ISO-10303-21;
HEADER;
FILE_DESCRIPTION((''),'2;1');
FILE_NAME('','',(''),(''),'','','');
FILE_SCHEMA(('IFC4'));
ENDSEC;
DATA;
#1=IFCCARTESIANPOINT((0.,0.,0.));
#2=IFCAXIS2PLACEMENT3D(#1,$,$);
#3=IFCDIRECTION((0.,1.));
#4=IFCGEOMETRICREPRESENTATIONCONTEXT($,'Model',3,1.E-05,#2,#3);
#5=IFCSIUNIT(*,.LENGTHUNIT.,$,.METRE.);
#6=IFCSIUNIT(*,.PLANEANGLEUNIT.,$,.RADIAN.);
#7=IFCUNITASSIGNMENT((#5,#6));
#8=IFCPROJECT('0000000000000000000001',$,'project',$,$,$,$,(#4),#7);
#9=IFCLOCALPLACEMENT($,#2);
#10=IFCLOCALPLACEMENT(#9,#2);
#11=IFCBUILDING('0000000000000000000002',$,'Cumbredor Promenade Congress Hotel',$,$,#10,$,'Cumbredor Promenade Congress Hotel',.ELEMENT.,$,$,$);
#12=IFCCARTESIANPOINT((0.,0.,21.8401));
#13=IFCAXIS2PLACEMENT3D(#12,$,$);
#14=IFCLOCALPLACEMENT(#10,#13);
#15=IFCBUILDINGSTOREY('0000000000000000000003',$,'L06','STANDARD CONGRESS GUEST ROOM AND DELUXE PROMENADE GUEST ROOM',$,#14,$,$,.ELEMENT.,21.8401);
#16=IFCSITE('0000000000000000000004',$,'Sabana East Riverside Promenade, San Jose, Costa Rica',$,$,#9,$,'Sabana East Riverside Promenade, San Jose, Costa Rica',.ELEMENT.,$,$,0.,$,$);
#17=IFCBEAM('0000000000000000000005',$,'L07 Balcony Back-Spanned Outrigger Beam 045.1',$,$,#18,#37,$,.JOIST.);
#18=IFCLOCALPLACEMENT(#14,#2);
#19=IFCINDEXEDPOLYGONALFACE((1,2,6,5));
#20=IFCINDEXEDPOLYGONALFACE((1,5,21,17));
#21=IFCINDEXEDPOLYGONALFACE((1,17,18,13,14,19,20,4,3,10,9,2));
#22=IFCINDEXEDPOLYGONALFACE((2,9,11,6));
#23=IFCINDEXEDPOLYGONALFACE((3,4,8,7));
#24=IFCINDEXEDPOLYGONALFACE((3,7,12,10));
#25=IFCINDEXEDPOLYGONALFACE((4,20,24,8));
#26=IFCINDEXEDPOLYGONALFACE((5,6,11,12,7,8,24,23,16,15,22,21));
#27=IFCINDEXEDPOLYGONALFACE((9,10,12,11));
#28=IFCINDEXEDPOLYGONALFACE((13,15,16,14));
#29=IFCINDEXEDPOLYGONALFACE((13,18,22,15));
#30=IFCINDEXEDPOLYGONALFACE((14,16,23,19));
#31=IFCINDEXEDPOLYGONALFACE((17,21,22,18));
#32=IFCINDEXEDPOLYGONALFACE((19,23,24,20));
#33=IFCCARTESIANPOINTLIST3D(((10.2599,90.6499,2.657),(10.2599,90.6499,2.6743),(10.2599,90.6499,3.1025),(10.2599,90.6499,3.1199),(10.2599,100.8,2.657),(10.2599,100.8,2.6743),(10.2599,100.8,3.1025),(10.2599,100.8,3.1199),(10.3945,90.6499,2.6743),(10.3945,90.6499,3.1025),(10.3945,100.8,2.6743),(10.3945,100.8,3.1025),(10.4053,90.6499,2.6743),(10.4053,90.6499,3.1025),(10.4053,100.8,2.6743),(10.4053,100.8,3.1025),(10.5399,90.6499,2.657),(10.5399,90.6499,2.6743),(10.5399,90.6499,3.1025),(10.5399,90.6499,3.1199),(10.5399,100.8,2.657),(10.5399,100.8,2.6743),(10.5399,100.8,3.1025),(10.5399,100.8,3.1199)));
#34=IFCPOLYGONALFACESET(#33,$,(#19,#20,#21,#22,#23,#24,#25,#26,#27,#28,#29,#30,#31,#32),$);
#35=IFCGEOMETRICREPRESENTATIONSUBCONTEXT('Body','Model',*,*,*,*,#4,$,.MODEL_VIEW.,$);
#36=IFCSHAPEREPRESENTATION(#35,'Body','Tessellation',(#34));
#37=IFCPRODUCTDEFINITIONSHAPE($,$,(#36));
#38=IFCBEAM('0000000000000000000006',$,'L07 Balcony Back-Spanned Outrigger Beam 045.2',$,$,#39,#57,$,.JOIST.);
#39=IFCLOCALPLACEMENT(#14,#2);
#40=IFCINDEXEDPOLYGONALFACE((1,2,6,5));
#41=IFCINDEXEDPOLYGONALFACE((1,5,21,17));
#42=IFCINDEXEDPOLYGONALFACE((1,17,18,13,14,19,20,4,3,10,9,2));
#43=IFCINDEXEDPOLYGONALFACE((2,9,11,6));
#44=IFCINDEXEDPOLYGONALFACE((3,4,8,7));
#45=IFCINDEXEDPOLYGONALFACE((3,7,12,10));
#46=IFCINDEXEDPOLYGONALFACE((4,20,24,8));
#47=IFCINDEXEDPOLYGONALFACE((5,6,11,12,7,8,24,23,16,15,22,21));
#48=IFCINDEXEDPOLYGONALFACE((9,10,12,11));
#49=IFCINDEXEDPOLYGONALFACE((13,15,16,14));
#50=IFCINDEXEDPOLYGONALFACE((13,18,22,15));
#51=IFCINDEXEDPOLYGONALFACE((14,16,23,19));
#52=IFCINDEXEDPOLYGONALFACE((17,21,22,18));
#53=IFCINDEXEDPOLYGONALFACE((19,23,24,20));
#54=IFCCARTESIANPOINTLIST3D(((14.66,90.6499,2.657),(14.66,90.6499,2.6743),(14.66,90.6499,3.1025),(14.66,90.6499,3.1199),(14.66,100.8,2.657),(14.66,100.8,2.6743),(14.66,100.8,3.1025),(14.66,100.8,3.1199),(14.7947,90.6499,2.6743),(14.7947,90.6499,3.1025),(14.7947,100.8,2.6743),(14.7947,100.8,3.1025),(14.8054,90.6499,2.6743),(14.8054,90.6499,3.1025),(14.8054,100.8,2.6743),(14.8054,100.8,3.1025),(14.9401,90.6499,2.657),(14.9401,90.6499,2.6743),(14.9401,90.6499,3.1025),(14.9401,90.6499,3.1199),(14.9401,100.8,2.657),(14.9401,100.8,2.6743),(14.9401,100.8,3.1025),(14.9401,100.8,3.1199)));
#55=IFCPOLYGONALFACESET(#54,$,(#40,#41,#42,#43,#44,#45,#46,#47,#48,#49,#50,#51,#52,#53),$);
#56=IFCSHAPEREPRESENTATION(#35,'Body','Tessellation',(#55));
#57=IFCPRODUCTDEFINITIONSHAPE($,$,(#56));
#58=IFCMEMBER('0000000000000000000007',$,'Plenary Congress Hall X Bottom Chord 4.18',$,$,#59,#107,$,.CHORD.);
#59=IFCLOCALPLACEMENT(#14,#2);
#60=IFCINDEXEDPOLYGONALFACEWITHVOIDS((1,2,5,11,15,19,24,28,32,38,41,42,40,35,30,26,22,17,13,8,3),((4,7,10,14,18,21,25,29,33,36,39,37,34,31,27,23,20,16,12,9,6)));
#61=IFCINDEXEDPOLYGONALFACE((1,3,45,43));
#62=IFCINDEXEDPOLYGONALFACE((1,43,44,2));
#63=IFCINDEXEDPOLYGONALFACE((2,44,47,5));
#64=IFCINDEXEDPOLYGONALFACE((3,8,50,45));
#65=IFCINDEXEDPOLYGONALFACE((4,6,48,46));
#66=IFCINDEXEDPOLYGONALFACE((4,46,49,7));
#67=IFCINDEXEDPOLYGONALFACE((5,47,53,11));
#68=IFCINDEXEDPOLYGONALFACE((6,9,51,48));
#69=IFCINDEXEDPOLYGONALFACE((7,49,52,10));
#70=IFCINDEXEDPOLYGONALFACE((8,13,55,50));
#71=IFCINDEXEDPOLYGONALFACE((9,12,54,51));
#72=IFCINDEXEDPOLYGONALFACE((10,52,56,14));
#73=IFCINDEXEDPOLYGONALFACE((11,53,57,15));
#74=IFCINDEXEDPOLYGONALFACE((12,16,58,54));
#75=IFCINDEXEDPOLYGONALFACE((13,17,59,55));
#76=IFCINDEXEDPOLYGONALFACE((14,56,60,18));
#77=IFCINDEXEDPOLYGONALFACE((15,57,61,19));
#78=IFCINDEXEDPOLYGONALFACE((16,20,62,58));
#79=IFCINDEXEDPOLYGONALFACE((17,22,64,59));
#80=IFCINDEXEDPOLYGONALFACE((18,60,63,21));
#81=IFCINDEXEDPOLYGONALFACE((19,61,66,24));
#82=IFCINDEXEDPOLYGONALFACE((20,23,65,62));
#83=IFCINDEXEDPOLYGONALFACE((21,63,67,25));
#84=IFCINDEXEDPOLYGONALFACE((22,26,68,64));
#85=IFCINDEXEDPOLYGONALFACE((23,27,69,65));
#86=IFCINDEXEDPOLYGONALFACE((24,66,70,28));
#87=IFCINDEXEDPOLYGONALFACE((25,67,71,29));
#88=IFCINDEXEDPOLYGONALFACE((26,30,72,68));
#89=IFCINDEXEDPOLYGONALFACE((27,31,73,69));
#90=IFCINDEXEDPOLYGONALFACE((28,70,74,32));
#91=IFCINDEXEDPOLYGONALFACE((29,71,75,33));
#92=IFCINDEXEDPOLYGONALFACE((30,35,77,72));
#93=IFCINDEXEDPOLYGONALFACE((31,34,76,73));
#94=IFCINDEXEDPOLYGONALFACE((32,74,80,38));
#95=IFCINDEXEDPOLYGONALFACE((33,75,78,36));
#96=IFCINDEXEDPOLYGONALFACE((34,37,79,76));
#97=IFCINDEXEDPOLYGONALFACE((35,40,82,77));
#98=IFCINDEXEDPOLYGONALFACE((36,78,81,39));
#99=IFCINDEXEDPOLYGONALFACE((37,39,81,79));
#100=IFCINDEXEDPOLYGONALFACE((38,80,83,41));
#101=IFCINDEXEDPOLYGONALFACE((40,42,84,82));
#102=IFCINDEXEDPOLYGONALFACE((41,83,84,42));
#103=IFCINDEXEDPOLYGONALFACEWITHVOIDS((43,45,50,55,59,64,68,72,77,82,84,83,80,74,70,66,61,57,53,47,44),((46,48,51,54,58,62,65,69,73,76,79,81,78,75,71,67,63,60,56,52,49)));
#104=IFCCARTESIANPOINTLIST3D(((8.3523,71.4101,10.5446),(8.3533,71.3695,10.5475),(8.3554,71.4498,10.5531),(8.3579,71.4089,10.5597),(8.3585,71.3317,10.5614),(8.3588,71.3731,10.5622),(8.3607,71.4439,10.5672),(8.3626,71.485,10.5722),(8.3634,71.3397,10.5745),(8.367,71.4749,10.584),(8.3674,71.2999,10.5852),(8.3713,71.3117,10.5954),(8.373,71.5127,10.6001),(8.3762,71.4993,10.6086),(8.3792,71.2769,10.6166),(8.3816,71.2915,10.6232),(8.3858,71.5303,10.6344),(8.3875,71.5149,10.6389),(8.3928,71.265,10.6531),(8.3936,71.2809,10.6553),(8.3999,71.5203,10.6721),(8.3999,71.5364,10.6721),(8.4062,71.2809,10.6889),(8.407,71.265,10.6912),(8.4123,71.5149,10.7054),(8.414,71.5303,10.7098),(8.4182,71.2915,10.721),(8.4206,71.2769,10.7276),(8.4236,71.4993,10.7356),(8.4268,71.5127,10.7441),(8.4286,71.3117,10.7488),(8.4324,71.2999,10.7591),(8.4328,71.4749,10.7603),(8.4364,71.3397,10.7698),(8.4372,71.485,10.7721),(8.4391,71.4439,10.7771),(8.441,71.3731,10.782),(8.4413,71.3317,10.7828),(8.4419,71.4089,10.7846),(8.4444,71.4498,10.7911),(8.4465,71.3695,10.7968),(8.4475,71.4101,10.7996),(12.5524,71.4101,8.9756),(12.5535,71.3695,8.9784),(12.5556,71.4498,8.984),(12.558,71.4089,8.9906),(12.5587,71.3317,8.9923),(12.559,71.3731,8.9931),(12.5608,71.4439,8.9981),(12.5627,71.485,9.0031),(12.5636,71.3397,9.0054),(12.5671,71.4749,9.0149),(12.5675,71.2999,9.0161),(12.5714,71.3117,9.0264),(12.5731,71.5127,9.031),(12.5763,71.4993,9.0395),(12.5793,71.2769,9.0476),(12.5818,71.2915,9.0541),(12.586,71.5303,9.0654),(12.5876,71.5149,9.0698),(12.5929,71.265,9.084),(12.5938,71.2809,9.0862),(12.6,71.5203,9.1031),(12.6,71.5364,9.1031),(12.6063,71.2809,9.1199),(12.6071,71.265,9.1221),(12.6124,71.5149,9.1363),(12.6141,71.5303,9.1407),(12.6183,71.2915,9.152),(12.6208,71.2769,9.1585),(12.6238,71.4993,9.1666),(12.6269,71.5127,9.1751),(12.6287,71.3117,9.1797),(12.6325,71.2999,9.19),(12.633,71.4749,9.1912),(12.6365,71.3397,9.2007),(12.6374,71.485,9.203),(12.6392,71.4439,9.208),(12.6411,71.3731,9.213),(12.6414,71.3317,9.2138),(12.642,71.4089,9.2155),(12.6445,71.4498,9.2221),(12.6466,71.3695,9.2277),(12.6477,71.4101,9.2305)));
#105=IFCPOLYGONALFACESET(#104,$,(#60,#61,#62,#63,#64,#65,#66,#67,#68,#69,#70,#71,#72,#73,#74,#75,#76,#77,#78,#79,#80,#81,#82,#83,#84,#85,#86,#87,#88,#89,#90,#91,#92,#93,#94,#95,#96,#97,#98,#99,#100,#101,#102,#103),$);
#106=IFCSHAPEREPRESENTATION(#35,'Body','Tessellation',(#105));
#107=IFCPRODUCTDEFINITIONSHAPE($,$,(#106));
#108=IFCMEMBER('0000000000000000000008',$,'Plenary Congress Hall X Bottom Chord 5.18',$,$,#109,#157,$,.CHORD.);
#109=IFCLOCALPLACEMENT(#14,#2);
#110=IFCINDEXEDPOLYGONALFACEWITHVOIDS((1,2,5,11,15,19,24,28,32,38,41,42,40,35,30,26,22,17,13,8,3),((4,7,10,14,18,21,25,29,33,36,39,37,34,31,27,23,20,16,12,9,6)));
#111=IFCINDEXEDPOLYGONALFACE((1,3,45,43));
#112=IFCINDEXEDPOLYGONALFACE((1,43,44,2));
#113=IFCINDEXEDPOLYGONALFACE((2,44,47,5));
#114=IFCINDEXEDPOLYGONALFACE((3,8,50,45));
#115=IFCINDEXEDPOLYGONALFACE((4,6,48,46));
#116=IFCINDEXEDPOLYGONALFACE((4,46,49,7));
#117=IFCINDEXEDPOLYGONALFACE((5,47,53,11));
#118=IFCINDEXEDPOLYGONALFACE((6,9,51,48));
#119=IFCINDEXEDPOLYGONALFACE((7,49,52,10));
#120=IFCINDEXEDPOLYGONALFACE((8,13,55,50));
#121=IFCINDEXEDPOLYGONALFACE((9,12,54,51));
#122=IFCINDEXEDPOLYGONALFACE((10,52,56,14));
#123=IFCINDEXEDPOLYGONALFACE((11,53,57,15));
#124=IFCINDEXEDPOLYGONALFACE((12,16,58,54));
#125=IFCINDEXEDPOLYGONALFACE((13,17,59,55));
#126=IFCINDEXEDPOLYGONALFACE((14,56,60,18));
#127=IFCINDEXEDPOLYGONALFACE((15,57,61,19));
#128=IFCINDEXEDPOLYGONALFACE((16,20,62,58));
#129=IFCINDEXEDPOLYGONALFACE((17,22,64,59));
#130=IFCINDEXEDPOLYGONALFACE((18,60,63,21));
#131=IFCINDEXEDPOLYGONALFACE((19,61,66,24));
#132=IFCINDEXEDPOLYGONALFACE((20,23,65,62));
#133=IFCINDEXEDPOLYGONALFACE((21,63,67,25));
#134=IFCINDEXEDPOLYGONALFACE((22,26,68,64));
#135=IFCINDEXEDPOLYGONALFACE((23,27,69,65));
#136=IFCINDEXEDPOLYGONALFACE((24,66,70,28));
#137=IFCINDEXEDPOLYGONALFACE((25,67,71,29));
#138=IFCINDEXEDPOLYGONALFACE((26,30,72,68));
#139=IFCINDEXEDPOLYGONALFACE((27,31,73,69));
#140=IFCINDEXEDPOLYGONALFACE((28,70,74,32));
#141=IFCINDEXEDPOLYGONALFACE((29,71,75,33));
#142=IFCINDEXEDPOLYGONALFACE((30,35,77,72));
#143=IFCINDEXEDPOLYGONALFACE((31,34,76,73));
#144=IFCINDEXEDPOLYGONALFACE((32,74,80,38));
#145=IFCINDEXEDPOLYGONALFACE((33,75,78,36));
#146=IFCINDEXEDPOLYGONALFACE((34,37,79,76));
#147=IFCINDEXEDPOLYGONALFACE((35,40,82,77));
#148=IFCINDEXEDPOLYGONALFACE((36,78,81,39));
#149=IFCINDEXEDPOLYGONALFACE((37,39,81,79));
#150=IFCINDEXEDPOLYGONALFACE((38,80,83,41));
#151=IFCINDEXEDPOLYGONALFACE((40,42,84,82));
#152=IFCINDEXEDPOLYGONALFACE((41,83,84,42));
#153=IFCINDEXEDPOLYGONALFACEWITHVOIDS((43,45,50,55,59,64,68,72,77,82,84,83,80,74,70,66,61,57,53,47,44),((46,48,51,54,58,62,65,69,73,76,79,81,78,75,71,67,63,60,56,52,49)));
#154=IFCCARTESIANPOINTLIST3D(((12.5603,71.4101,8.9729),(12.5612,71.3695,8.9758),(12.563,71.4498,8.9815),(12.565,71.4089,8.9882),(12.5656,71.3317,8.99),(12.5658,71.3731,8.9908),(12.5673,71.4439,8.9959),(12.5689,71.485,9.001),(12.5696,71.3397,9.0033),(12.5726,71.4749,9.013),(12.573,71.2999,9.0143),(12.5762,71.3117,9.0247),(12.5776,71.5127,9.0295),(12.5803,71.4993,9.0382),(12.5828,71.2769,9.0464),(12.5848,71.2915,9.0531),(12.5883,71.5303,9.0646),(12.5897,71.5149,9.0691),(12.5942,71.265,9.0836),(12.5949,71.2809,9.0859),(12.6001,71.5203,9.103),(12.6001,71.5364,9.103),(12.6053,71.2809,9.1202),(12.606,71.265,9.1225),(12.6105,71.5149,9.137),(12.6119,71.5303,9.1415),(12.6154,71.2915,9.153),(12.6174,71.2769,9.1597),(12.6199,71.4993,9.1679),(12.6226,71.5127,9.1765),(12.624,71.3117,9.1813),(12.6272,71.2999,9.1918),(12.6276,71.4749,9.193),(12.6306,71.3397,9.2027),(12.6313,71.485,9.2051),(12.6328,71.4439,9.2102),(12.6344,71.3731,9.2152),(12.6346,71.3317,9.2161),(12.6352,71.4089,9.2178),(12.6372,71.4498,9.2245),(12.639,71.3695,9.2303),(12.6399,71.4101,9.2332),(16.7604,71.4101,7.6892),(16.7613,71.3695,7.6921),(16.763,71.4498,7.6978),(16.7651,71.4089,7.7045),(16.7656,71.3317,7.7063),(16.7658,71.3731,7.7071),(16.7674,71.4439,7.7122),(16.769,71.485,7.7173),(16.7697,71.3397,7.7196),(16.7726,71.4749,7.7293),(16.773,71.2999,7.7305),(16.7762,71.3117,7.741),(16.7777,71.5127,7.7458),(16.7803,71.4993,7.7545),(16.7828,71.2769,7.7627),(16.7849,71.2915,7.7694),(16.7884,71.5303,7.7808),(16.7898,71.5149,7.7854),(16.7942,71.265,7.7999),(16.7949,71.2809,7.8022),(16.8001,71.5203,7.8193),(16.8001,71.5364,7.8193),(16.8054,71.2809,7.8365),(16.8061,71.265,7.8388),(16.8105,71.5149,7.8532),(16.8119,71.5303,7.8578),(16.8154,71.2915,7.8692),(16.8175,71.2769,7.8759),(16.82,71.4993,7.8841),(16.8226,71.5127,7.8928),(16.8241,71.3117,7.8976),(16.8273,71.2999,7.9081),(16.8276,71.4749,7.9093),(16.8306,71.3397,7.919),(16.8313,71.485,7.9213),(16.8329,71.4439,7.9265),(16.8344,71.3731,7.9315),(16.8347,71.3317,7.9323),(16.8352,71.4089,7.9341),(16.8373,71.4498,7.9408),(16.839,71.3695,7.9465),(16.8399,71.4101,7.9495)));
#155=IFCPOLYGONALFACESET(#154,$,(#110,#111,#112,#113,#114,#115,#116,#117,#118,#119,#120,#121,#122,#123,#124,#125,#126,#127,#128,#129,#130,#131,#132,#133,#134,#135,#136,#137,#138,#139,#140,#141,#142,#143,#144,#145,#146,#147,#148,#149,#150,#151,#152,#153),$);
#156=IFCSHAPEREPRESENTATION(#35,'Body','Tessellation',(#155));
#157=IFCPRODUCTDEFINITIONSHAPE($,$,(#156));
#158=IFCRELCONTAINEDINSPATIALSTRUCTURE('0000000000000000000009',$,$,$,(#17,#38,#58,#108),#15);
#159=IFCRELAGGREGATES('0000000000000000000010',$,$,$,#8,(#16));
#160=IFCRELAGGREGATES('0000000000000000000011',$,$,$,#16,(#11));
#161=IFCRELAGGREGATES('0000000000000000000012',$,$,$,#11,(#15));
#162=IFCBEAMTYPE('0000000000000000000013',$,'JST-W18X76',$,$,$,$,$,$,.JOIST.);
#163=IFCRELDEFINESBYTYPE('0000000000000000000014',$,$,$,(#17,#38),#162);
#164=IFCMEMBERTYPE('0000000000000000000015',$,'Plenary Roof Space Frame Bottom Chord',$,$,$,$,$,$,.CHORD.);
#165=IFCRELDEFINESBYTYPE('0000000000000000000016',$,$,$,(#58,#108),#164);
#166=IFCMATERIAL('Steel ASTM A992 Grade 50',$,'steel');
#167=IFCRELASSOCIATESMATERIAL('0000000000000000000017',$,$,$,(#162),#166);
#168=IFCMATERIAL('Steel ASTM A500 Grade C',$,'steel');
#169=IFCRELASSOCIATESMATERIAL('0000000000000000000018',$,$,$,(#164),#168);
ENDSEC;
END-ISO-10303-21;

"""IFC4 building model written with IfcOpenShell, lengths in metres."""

from ifc_helpers import new_model, si_unit, direction, frame, origin, origin_2d, place, context, subcontext, project, spatial, hollow_circle, i_section, extrude, material, material_profile, profile_set, type_object, element, save


model = new_model("IFC4")

# Units and contexts
model_context = context("Model", 3, precision=1e-05, world=origin(), true_north=direction((0.0, 1.0)))
body_context = subcontext(model_context, "Body", "Model", "MODEL_VIEW")
ifc_project = project(units=[si_unit("LENGTHUNIT", "METRE"), si_unit("PLANEANGLEUNIT", "RADIAN")], contexts=[model_context])

# Site, building, storey
site_placement = place(None, origin())
site = spatial("IfcSite", under=ifc_project, at=site_placement, Name="Sabana East Riverside Promenade, San Jose, Costa Rica", LongName="Sabana East Riverside Promenade, San Jose, Costa Rica", CompositionType="ELEMENT", RefElevation=0.0)
building_placement = place(site_placement, origin())
building = spatial("IfcBuilding", under=site, at=building_placement, Name="Cumbredor Promenade Congress Hotel", LongName="Cumbredor Promenade Congress Hotel", CompositionType="ELEMENT")
storey_placement = place(building_placement, frame((0.0, 0.0, 21.8401)))
storey = spatial("IfcBuildingStorey", under=building, at=storey_placement, Name="L06", Description="STANDARD CONGRESS GUEST ROOM AND DELUXE PROMENADE GUEST ROOM", CompositionType="ELEMENT", Elevation=21.8401)

# Beams
ifc_material_1 = material(Name="Steel ASTM A992 Grade 50", Category="steel")
ifc_material_profile_1 = material_profile(ifc_material_1, i_section(OverallWidth=0.28, OverallDepth=0.4629, WebThickness=0.0107, FlangeThickness=0.0173, at=origin_2d()), Name="W18X76")
ifc_profile_set_1 = profile_set([ifc_material_profile_1], Name="Steel ASTM A992 Grade 50")
beam_type = type_object("IfcBeamType", Name="JST-W18X76", PredefinedType="JOIST", material=ifc_profile_set_1)
for number, where, z_axis, x_axis, name in (
    (1, (10.3999, 90.6499, 2.8884), (0.0, 1.0, 0.0), (-1.0, 0.0, 0.0), "L07 Balcony Back-Spanned Outrigger Beam 045.1"),
    (2, (14.8, 90.6499, 2.8884), (0.0, 1.0, 0.0), (-1.0, 0.0, 0.0), "L07 Balcony Back-Spanned Outrigger Beam 045.2"),
):
    element("IfcBeam", number, at=place(storey_placement, frame(where, z_axis=z_axis, x_axis=x_axis)), inside=storey, type_object=beam_type, Name=name, PredefinedType="JOIST", context=body_context, shape_type="SweptSolid", body=[
        extrude(i_section(OverallWidth=0.28, OverallDepth=0.4629, WebThickness=0.0107, FlangeThickness=0.0173, at=origin_2d()), origin(), (0.0, 0.0, 1.0), 10.1501),
    ])

# Members
ifc_material_2 = material(Name="Steel ASTM A500 Grade C", Category="steel")
ifc_material_profile_2 = material_profile(ifc_material_2, hollow_circle(Radius=0.1365, WallThickness=0.0161, at=origin_2d()), Name="CHS 273.0x16")
ifc_profile_set_2 = profile_set([ifc_material_profile_2], Name="Steel ASTM A500 Grade C")
member_type_1 = type_object("IfcMemberType", Name="Plenary Roof Space Frame Bottom Chord", PredefinedType="CHORD", material=ifc_profile_set_2)
member_1_placement = place(storey_placement, frame((8.3999, 71.3999, 10.6721), z_axis=(0.936767, 0.0, -0.349954), x_axis=(0.0, 1.0, 0.0)))
element("IfcMember", 3, at=member_1_placement, inside=storey, type_object=member_type_1, Name="Plenary Congress Hall X Bottom Chord 4.18", PredefinedType="CHORD", context=body_context, shape_type="SweptSolid", body=[
    extrude(hollow_circle(Radius=0.1365, WallThickness=0.0161, at=origin_2d()), origin(), (0.0, 0.0, 1.0), 4.4836),
])
member_2_placement = place(storey_placement, frame((12.6001, 71.3999, 9.103), z_axis=(0.956328, 0.0, -0.292296), x_axis=(0.0, 1.0, 0.0)))
element("IfcMember", 4, at=member_2_placement, inside=storey, type_object=member_type_1, Name="Plenary Congress Hall X Bottom Chord 5.18", PredefinedType="CHORD", context=body_context, shape_type="SweptSolid", body=[
    extrude(hollow_circle(Radius=0.1365, WallThickness=0.0161, at=origin_2d()), origin(), (0.0, 0.0, 1.0), 4.3918),
])

save(model, "model.ifc")
